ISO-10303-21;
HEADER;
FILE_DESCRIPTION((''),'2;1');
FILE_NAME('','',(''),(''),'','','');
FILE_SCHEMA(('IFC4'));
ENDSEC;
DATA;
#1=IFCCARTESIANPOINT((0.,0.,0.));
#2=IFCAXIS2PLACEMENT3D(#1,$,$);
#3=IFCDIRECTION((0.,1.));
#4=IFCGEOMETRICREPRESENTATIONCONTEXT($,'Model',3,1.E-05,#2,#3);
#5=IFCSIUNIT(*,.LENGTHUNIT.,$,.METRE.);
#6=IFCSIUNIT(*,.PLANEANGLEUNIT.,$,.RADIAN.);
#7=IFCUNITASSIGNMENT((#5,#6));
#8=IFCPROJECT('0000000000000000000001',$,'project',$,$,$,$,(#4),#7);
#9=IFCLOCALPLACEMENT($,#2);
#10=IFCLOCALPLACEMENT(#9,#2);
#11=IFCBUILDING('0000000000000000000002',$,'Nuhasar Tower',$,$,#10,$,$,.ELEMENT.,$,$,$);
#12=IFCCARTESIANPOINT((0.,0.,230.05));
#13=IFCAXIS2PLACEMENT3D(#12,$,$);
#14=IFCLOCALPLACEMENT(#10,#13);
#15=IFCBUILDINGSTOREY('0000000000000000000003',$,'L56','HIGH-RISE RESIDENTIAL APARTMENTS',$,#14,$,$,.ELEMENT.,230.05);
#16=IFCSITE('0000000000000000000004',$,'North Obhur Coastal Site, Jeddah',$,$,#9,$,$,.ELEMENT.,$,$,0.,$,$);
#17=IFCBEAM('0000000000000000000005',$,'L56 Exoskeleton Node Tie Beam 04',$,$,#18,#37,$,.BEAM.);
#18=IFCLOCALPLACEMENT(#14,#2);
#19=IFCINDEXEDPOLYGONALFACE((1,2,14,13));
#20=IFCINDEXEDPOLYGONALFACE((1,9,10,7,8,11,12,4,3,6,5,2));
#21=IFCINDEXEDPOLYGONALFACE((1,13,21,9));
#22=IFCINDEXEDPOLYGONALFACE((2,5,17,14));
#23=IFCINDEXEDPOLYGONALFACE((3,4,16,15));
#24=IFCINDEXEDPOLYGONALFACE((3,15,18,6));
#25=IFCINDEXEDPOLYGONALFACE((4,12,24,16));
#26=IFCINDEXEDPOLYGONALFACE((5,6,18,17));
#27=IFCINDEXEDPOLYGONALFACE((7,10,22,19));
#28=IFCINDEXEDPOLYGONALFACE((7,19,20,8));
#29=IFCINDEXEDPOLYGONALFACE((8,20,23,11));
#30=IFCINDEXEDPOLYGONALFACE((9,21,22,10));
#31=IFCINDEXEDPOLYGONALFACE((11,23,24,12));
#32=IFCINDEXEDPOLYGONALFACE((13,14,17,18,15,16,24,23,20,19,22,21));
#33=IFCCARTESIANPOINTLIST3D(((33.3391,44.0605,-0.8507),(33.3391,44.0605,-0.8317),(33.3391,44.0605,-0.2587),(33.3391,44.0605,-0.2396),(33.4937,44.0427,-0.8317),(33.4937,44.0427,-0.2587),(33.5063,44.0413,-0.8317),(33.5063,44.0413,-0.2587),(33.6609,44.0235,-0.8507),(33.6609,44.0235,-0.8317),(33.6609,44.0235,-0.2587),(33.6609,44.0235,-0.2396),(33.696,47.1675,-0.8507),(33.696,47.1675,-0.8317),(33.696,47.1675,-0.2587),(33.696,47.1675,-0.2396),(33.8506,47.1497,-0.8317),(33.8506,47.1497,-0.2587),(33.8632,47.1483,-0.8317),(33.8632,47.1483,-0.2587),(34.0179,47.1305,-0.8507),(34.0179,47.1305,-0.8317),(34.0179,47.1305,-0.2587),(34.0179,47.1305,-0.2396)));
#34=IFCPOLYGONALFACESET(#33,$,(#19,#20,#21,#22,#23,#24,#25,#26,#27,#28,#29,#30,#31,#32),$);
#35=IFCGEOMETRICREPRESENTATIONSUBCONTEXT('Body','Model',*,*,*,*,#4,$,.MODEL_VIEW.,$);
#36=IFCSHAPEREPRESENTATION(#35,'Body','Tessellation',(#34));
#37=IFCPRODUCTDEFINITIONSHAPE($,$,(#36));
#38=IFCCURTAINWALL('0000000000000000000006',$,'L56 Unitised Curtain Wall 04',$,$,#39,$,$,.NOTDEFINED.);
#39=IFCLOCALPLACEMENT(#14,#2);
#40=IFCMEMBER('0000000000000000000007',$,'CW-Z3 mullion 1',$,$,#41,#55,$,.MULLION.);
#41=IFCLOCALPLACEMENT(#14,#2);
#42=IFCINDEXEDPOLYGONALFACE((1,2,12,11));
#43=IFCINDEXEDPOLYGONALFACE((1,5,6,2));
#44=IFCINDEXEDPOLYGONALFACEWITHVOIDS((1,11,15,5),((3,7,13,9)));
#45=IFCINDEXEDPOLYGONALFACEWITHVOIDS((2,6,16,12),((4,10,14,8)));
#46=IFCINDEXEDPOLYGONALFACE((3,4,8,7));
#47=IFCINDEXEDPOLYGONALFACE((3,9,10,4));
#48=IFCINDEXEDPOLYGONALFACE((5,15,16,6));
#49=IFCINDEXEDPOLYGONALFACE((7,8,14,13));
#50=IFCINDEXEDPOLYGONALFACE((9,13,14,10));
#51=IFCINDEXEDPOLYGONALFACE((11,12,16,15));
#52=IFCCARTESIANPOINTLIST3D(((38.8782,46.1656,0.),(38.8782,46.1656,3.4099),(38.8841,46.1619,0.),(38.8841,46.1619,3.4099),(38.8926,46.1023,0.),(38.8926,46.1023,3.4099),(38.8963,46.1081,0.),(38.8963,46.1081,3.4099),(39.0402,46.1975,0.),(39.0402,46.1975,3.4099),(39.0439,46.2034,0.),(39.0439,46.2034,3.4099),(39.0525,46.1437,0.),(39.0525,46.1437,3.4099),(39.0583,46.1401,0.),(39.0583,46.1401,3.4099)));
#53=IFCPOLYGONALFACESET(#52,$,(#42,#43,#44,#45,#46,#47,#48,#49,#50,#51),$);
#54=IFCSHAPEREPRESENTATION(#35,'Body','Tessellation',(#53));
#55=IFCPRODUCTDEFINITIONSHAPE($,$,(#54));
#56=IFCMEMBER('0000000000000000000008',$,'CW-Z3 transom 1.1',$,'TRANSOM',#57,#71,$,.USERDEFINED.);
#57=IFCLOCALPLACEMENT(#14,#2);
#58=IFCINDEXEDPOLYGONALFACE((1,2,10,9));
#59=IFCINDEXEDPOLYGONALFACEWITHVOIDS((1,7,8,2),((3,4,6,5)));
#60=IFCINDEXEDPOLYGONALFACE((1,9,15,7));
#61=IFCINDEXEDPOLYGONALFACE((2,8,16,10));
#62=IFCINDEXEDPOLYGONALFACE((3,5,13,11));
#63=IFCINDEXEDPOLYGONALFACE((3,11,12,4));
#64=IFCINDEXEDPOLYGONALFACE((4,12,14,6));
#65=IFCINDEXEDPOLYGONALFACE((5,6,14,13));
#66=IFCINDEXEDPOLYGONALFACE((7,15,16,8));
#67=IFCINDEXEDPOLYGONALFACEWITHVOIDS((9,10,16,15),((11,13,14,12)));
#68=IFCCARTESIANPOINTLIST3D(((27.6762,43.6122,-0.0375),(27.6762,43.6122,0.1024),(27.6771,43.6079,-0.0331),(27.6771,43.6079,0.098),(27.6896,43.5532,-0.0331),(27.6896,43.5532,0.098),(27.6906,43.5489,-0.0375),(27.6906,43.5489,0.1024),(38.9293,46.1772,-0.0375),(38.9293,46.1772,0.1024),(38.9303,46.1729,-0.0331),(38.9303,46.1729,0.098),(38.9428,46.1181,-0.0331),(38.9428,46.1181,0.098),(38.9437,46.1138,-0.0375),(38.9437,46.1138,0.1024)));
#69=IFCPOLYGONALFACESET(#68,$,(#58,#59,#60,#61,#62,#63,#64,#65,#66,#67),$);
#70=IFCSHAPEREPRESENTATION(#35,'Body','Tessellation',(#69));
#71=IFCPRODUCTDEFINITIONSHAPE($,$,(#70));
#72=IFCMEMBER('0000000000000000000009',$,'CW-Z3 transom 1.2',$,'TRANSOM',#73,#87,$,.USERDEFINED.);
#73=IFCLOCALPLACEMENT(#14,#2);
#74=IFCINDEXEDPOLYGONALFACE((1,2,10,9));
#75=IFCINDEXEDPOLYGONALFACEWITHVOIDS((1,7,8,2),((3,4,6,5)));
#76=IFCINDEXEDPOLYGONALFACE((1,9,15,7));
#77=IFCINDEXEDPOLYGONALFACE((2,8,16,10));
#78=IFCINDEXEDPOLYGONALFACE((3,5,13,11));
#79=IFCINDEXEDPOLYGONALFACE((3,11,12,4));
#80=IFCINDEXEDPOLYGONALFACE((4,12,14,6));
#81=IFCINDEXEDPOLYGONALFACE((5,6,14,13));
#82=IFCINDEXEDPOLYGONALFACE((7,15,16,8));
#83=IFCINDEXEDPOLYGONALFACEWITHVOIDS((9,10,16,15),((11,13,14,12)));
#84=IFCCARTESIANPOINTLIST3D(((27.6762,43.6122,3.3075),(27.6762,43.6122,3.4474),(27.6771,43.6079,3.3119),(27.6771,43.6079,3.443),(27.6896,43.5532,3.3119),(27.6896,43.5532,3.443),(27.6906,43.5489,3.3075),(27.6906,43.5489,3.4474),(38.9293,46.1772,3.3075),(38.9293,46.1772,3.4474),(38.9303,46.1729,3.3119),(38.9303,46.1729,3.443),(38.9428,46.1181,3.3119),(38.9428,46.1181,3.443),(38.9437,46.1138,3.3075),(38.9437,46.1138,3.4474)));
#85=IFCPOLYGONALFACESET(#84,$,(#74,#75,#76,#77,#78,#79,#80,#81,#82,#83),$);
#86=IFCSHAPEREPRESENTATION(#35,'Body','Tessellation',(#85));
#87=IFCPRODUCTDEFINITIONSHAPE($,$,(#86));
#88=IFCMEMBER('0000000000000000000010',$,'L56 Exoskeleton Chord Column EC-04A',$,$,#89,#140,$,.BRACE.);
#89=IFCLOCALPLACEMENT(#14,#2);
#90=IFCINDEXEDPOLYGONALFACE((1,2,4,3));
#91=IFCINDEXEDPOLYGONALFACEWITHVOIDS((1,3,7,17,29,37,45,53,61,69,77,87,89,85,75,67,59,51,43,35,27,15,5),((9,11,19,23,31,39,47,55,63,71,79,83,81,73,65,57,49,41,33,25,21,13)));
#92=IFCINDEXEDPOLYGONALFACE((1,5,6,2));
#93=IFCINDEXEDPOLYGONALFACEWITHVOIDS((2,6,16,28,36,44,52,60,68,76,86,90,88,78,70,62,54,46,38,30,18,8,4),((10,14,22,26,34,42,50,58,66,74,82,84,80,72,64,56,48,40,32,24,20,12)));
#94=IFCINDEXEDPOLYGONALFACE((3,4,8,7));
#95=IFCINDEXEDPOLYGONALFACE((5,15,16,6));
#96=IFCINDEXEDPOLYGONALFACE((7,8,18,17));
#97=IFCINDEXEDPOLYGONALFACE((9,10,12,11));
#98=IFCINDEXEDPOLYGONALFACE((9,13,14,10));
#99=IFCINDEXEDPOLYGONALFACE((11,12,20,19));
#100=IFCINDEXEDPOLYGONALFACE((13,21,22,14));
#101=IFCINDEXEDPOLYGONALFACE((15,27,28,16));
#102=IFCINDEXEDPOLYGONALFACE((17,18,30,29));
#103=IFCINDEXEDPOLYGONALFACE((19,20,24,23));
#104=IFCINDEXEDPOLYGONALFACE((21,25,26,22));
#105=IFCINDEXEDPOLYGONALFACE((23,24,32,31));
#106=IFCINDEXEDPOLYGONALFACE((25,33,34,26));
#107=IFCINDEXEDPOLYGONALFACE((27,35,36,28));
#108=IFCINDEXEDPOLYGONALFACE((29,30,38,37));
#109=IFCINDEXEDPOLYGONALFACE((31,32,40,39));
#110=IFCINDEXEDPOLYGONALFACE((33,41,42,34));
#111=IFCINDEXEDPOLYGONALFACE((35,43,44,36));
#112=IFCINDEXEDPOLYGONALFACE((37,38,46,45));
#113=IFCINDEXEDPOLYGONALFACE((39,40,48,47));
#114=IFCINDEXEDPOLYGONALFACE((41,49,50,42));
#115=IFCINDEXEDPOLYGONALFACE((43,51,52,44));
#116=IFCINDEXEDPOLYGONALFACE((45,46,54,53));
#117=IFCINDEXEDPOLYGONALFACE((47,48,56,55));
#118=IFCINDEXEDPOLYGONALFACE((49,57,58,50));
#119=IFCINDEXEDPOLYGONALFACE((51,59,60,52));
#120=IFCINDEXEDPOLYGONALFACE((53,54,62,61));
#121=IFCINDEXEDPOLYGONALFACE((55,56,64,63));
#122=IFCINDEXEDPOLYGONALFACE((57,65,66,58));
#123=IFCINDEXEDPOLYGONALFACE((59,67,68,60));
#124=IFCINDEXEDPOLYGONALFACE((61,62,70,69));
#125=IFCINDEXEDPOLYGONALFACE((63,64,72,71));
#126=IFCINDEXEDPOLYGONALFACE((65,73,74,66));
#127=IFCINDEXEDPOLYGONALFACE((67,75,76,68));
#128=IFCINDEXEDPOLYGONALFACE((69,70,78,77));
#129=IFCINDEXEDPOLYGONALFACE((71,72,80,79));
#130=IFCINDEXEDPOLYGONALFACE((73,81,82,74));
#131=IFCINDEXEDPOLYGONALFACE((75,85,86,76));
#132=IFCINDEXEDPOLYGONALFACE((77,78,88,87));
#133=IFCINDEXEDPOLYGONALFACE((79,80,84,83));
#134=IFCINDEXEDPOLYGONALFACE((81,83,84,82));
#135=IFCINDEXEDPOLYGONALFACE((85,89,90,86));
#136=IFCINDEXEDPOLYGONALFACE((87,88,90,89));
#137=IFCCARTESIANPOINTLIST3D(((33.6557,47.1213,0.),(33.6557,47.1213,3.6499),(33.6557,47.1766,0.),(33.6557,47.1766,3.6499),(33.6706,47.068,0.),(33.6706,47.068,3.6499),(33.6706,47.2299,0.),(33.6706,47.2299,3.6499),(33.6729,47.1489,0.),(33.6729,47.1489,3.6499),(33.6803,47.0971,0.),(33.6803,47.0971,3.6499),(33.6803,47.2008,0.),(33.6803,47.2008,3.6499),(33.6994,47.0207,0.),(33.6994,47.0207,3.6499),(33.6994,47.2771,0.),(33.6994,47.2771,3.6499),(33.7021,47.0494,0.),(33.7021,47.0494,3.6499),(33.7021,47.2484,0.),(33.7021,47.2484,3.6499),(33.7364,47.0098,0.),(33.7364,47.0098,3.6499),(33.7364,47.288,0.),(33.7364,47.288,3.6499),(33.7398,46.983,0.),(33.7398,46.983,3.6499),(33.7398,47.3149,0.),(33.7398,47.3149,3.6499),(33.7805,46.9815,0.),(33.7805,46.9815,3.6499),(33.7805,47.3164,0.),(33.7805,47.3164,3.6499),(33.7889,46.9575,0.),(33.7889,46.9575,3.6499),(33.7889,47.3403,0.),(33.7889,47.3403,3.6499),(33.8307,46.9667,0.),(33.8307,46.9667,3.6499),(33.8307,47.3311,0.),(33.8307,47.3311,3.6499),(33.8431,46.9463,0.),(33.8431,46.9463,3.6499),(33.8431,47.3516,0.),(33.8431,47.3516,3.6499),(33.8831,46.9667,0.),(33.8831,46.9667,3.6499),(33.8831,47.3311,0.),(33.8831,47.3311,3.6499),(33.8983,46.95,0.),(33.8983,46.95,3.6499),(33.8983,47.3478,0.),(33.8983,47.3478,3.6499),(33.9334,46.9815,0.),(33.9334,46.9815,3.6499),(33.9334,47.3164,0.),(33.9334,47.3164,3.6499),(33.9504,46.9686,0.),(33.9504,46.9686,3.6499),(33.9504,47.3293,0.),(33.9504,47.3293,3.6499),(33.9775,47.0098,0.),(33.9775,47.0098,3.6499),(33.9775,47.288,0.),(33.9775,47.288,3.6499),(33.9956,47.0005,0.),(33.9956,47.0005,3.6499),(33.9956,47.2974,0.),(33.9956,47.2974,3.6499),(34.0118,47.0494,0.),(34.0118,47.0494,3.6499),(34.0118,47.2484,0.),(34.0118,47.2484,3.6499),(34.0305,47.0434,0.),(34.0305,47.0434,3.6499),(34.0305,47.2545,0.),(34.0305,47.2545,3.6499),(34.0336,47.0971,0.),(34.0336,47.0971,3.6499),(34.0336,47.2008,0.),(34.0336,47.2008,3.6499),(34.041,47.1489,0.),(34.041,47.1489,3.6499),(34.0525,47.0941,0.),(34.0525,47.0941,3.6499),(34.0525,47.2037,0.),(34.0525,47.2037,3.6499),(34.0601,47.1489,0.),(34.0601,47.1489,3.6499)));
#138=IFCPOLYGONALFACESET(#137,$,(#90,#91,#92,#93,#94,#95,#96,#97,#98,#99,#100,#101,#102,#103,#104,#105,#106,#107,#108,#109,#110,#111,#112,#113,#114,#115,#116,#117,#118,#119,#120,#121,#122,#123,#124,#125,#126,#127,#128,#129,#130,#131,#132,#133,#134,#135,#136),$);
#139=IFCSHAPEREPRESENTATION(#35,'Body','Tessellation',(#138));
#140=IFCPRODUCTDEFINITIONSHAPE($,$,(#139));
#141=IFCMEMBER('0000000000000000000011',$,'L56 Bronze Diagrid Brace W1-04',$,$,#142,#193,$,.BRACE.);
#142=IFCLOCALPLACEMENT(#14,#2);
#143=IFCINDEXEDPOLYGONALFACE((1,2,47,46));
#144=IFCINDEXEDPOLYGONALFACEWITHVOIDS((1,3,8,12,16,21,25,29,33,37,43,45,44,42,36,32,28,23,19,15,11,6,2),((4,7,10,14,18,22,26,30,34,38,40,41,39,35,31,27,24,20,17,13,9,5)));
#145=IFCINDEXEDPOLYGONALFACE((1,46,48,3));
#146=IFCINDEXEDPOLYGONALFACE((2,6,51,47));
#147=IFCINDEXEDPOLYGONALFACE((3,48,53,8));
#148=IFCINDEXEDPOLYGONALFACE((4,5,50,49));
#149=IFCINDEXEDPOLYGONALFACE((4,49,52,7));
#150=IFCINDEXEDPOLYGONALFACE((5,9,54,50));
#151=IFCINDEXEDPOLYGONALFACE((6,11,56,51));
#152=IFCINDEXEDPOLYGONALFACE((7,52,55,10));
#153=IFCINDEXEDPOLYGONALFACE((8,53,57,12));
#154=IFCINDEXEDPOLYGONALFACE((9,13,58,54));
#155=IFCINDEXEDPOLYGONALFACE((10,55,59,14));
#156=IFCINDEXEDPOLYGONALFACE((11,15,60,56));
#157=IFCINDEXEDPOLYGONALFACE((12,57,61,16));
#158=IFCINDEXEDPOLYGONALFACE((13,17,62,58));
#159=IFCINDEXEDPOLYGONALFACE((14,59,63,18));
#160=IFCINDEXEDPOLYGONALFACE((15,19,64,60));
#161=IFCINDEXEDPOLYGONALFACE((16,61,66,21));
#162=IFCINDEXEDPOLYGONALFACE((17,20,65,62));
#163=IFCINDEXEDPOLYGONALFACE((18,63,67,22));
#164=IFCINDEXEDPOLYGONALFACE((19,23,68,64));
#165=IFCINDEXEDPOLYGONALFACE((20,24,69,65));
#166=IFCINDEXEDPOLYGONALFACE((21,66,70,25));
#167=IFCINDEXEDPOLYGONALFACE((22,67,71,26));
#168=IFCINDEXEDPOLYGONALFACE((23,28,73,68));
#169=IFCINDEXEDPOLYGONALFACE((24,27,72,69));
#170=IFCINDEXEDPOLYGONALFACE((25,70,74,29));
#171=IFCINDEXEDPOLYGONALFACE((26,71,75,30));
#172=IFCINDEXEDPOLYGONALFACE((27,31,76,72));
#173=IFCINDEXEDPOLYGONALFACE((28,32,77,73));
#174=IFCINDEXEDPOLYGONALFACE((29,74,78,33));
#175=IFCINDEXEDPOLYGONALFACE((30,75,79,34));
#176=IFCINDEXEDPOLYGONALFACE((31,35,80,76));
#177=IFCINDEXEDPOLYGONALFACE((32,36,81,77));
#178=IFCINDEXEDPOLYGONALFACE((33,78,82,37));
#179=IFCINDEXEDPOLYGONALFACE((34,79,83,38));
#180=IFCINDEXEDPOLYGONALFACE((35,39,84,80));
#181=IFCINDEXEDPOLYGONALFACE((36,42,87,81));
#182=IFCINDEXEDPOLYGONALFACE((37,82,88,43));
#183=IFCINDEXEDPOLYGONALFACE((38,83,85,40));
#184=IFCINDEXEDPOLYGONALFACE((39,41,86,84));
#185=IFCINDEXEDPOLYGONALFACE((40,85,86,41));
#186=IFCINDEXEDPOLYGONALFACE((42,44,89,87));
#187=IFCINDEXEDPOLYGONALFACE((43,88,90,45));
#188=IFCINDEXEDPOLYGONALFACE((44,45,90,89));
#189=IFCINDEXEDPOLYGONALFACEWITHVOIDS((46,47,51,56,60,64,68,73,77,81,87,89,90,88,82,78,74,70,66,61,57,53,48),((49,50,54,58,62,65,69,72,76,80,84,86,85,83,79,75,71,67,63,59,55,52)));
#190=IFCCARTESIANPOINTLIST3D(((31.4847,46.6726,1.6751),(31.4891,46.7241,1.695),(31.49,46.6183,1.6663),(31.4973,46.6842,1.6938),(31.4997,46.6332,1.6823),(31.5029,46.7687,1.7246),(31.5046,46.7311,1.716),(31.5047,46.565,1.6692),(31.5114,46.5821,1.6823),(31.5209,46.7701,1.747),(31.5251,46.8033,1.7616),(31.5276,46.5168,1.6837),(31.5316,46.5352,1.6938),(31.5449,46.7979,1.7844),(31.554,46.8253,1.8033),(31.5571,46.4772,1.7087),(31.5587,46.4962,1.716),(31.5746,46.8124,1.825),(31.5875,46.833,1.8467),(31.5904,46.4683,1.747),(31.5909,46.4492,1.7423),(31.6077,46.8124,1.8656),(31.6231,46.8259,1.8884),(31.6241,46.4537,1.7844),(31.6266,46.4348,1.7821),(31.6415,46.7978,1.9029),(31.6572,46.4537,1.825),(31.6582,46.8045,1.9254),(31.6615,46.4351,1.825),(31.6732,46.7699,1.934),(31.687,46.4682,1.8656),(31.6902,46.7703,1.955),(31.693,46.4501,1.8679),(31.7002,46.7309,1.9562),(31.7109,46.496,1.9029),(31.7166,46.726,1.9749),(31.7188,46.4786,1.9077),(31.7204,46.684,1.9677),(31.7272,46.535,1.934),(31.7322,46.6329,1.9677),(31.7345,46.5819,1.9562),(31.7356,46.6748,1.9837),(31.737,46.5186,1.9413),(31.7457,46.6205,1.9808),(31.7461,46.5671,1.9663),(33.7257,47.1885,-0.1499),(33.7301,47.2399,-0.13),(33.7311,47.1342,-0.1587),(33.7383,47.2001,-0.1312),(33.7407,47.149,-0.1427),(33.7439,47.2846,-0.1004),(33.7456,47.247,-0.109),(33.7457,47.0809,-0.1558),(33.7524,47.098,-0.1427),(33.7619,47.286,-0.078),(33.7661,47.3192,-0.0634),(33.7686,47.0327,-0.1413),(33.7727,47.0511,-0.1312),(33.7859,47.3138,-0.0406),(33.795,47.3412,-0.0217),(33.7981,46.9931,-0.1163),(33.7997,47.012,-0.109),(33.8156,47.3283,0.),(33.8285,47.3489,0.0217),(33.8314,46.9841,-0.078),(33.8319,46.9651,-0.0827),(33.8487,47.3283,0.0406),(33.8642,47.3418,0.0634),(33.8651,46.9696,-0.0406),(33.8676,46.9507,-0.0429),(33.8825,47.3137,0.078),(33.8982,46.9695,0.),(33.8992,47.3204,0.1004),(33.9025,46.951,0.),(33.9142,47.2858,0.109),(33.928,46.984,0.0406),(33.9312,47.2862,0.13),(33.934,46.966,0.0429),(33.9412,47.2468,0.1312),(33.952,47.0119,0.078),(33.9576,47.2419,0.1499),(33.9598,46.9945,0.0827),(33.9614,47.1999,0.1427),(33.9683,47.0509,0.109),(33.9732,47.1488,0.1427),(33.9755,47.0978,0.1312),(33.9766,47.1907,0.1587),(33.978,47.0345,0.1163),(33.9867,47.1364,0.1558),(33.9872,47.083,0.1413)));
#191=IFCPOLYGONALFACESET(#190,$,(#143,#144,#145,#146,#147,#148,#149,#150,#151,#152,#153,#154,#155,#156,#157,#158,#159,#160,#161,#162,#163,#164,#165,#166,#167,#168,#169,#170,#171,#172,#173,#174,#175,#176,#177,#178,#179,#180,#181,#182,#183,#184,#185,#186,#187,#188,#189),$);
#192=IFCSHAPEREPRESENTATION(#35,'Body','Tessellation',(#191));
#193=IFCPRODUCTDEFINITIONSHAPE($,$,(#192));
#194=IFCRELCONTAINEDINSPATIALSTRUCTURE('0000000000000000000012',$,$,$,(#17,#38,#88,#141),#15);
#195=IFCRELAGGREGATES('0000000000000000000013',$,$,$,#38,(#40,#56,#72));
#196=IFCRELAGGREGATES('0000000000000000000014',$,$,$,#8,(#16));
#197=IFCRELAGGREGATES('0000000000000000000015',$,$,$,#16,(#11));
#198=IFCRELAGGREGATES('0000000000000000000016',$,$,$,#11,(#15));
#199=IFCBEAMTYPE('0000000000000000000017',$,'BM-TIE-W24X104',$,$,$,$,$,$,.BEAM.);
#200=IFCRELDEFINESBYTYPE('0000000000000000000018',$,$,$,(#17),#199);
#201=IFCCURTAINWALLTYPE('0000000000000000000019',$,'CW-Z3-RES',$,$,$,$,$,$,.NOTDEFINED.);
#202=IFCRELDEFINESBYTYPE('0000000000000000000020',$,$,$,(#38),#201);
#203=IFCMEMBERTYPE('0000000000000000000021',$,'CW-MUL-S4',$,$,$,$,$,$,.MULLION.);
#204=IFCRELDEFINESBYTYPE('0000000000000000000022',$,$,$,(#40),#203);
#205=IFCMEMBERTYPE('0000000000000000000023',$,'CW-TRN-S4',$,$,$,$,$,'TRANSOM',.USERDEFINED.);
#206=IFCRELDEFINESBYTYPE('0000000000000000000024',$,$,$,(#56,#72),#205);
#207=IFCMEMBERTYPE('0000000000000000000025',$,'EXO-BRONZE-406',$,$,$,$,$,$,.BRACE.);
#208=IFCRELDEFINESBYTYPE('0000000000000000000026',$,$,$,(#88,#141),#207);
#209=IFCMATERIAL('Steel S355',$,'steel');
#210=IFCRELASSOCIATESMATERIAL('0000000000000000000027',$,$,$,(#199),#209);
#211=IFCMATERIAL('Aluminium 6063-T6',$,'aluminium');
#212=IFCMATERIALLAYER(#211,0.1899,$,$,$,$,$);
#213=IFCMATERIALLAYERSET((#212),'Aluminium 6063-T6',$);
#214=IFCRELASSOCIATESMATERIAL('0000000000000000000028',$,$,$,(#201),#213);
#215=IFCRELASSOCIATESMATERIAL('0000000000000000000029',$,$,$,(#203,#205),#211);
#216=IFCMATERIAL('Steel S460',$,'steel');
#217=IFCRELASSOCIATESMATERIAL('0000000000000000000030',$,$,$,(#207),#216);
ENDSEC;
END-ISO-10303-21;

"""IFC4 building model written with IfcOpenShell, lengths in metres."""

from ifc_helpers import new_model, si_unit, direction, frame, origin, origin_2d, place, context, subcontext, project, spatial, hollow_rectangle, hollow_circle, i_section, extrude, material, layer, layer_set, material_profile, profile_set, type_object, element, aggregate, save


model = new_model("IFC4")

# Units and contexts
model_context = context("Model", 3, precision=1e-05, world=origin(), true_north=direction((0.0, 1.0)))
body_context = subcontext(model_context, "Body", "Model", "MODEL_VIEW")
ifc_project = project(units=[si_unit("LENGTHUNIT", "METRE"), si_unit("PLANEANGLEUNIT", "RADIAN")], contexts=[model_context])

# Site, building, storey
site_placement = place(None, origin())
site = spatial("IfcSite", under=ifc_project, at=site_placement, Name="North Obhur Coastal Site, Jeddah", CompositionType="ELEMENT", RefElevation=0.0)
building_placement = place(site_placement, origin())
building = spatial("IfcBuilding", under=site, at=building_placement, Name="Nuhasar Tower", CompositionType="ELEMENT")
storey_placement = place(building_placement, frame((0.0, 0.0, 230.05)))
storey = spatial("IfcBuildingStorey", under=building, at=storey_placement, Name="L56", Description="HIGH-RISE RESIDENTIAL APARTMENTS", CompositionType="ELEMENT", Elevation=230.05)

# Beam
ifc_material_1 = material(Name="Steel S355", Category="steel")
ifc_material_profile_1 = material_profile(ifc_material_1, i_section(OverallWidth=0.324, OverallDepth=0.6111, WebThickness=0.0127, FlangeThickness=0.019, at=origin_2d()), Name="W24X104")
ifc_profile_set_1 = profile_set([ifc_material_profile_1], Name="Steel S355")
beam_type_1 = type_object("IfcBeamType", Name="BM-TIE-W24X104", PredefinedType="BEAM", material=ifc_profile_set_1)
beam_1_placement = place(storey_placement, frame((33.5, 44.042, -0.5452), z_axis=(0.114132, 0.993466, 0.0), x_axis=(-0.993466, 0.114132, 0.0)))
element("IfcBeam", 1, at=beam_1_placement, inside=storey, type_object=beam_type_1, Name="L56 Exoskeleton Node Tie Beam 04", PredefinedType="BEAM", context=body_context, shape_type="SweptSolid", body=[
    extrude(i_section(OverallWidth=0.324, OverallDepth=0.6111, WebThickness=0.0127, FlangeThickness=0.019, at=origin_2d()), origin(), (0.0, 0.0, 1.0), 3.1274),
])

# Curtain wall, members
ifc_material_2 = material(Name="Aluminium 6063-T6", Category="aluminium")
ifc_layer_1 = layer(ifc_material_2, 0.1899)
ifc_layer_set_1 = layer_set([ifc_layer_1], Name="Aluminium 6063-T6")
curtain_wall_type = type_object("IfcCurtainWallType", Name="CW-Z3-RES", PredefinedType="NOTDEFINED", material=ifc_layer_set_1)
curtain_wall_placement = place(storey_placement, origin())
curtain_wall = element("IfcCurtainWall", 2, at=curtain_wall_placement, inside=storey, type_object=curtain_wall_type, Name="L56 Unitised Curtain Wall 04", PredefinedType="NOTDEFINED")
ifc_material_profile_2 = material_profile(ifc_material_2, hollow_rectangle(XDim=0.0649, YDim=0.1699, WallThickness=0.0049, at=origin_2d()), Name="CWM-4")
ifc_profile_set_2 = profile_set([ifc_material_profile_2], Name="Aluminium 6063-T6")
member_type_1 = type_object("IfcMemberType", Name="CW-MUL-S4", PredefinedType="MULLION", material=ifc_profile_set_2)
member_1_placement = place(storey_placement, frame((38.9683, 46.1528, 0.0), z_axis=(0.0, 0.0, 1.0), x_axis=(0.222243, -0.974991, 0.0)))
member_1 = element("IfcMember", 3, at=member_1_placement, type_object=member_type_1, Name="CW-Z3 mullion 1", PredefinedType="MULLION", context=body_context, shape_type="SweptSolid", body=[
    extrude(hollow_rectangle(XDim=0.0649, YDim=0.1699, WallThickness=0.0049, at=origin_2d()), origin(), (0.0, 0.0, 1.0), 3.4099),
])
ifc_material_profile_3 = material_profile(ifc_material_2, hollow_rectangle(XDim=0.0649, YDim=0.1399, WallThickness=0.0044, at=origin_2d()), Name="CWT-4")
ifc_profile_set_3 = profile_set([ifc_material_profile_3], Name="Aluminium 6063-T6")
member_type_2 = type_object("IfcMemberType", Name="CW-TRN-S4", ElementType="TRANSOM", PredefinedType="USERDEFINED", material=ifc_profile_set_3)
member_2_placement = place(storey_placement, frame((38.9365, 46.1455, 0.0325), z_axis=(-0.974994, -0.222231, 0.0), x_axis=(0.222231, -0.974994, 0.0)))
member_2 = element("IfcMember", 4, at=member_2_placement, type_object=member_type_2, Name="CW-Z3 transom 1.1", ObjectType="TRANSOM", PredefinedType="USERDEFINED", context=body_context, shape_type="SweptSolid", body=[
    extrude(hollow_rectangle(XDim=0.0649, YDim=0.1399, WallThickness=0.0044, at=origin_2d()), origin(), (0.0, 0.0, 1.0), 11.5417),
])
member_3_placement = place(storey_placement, frame((38.9365, 46.1455, 3.3774), z_axis=(-0.974994, -0.222231, 0.0), x_axis=(0.222231, -0.974994, 0.0)))
member_3 = element("IfcMember", 5, at=member_3_placement, type_object=member_type_2, Name="CW-Z3 transom 1.2", ObjectType="TRANSOM", PredefinedType="USERDEFINED", context=body_context, shape_type="SweptSolid", body=[
    extrude(hollow_rectangle(XDim=0.0649, YDim=0.1399, WallThickness=0.0044, at=origin_2d()), origin(), (0.0, 0.0, 1.0), 11.5417),
])

# Members
ifc_material_3 = material(Name="Steel S460", Category="steel")
ifc_material_profile_4 = material_profile(ifc_material_3, hollow_circle(Radius=0.2031, WallThickness=0.019, at=origin_2d()), Name="HSS406.4X19.1")
ifc_profile_set_4 = profile_set([ifc_material_profile_4], Name="Steel S460")
member_type_3 = type_object("IfcMemberType", Name="EXO-BRONZE-406", PredefinedType="BRACE", material=ifc_profile_set_4)
member_4_placement = place(storey_placement, frame((33.8569, 47.1489, 0.0), z_axis=(0.0, 0.0, 1.0), x_axis=(1.0, 0.0, 0.0)))
element("IfcMember", 6, at=member_4_placement, inside=storey, type_object=member_type_3, Name="L56 Exoskeleton Chord Column EC-04A", PredefinedType="BRACE", context=body_context, shape_type="SweptSolid", body=[
    extrude(hollow_circle(Radius=0.2031, WallThickness=0.019, at=origin_2d()), origin(), (0.0, 0.0, 1.0), 3.6499),
])
for number, where, z_axis, x_axis, name in (
    (7, (33.8569, 47.1489, 0.0), (-0.763343, -0.175721, 0.621635), (0.224332, -0.974513, 0.0), "L56 Bronze Diagrid Brace W1-04"),
):
    element("IfcMember", number, at=place(storey_placement, frame(where, z_axis=z_axis, x_axis=x_axis)), inside=storey, type_object=member_type_3, Name=name, PredefinedType="BRACE", context=body_context, shape_type="SweptSolid", body=[
        extrude(hollow_circle(Radius=0.2031, WallThickness=0.019, at=origin_2d()), origin(), (0.0, 0.0, 1.0), 2.9358),
    ])

aggregate(curtain_wall, [member_1, member_2, member_3])

save(model, "model.ifc")
